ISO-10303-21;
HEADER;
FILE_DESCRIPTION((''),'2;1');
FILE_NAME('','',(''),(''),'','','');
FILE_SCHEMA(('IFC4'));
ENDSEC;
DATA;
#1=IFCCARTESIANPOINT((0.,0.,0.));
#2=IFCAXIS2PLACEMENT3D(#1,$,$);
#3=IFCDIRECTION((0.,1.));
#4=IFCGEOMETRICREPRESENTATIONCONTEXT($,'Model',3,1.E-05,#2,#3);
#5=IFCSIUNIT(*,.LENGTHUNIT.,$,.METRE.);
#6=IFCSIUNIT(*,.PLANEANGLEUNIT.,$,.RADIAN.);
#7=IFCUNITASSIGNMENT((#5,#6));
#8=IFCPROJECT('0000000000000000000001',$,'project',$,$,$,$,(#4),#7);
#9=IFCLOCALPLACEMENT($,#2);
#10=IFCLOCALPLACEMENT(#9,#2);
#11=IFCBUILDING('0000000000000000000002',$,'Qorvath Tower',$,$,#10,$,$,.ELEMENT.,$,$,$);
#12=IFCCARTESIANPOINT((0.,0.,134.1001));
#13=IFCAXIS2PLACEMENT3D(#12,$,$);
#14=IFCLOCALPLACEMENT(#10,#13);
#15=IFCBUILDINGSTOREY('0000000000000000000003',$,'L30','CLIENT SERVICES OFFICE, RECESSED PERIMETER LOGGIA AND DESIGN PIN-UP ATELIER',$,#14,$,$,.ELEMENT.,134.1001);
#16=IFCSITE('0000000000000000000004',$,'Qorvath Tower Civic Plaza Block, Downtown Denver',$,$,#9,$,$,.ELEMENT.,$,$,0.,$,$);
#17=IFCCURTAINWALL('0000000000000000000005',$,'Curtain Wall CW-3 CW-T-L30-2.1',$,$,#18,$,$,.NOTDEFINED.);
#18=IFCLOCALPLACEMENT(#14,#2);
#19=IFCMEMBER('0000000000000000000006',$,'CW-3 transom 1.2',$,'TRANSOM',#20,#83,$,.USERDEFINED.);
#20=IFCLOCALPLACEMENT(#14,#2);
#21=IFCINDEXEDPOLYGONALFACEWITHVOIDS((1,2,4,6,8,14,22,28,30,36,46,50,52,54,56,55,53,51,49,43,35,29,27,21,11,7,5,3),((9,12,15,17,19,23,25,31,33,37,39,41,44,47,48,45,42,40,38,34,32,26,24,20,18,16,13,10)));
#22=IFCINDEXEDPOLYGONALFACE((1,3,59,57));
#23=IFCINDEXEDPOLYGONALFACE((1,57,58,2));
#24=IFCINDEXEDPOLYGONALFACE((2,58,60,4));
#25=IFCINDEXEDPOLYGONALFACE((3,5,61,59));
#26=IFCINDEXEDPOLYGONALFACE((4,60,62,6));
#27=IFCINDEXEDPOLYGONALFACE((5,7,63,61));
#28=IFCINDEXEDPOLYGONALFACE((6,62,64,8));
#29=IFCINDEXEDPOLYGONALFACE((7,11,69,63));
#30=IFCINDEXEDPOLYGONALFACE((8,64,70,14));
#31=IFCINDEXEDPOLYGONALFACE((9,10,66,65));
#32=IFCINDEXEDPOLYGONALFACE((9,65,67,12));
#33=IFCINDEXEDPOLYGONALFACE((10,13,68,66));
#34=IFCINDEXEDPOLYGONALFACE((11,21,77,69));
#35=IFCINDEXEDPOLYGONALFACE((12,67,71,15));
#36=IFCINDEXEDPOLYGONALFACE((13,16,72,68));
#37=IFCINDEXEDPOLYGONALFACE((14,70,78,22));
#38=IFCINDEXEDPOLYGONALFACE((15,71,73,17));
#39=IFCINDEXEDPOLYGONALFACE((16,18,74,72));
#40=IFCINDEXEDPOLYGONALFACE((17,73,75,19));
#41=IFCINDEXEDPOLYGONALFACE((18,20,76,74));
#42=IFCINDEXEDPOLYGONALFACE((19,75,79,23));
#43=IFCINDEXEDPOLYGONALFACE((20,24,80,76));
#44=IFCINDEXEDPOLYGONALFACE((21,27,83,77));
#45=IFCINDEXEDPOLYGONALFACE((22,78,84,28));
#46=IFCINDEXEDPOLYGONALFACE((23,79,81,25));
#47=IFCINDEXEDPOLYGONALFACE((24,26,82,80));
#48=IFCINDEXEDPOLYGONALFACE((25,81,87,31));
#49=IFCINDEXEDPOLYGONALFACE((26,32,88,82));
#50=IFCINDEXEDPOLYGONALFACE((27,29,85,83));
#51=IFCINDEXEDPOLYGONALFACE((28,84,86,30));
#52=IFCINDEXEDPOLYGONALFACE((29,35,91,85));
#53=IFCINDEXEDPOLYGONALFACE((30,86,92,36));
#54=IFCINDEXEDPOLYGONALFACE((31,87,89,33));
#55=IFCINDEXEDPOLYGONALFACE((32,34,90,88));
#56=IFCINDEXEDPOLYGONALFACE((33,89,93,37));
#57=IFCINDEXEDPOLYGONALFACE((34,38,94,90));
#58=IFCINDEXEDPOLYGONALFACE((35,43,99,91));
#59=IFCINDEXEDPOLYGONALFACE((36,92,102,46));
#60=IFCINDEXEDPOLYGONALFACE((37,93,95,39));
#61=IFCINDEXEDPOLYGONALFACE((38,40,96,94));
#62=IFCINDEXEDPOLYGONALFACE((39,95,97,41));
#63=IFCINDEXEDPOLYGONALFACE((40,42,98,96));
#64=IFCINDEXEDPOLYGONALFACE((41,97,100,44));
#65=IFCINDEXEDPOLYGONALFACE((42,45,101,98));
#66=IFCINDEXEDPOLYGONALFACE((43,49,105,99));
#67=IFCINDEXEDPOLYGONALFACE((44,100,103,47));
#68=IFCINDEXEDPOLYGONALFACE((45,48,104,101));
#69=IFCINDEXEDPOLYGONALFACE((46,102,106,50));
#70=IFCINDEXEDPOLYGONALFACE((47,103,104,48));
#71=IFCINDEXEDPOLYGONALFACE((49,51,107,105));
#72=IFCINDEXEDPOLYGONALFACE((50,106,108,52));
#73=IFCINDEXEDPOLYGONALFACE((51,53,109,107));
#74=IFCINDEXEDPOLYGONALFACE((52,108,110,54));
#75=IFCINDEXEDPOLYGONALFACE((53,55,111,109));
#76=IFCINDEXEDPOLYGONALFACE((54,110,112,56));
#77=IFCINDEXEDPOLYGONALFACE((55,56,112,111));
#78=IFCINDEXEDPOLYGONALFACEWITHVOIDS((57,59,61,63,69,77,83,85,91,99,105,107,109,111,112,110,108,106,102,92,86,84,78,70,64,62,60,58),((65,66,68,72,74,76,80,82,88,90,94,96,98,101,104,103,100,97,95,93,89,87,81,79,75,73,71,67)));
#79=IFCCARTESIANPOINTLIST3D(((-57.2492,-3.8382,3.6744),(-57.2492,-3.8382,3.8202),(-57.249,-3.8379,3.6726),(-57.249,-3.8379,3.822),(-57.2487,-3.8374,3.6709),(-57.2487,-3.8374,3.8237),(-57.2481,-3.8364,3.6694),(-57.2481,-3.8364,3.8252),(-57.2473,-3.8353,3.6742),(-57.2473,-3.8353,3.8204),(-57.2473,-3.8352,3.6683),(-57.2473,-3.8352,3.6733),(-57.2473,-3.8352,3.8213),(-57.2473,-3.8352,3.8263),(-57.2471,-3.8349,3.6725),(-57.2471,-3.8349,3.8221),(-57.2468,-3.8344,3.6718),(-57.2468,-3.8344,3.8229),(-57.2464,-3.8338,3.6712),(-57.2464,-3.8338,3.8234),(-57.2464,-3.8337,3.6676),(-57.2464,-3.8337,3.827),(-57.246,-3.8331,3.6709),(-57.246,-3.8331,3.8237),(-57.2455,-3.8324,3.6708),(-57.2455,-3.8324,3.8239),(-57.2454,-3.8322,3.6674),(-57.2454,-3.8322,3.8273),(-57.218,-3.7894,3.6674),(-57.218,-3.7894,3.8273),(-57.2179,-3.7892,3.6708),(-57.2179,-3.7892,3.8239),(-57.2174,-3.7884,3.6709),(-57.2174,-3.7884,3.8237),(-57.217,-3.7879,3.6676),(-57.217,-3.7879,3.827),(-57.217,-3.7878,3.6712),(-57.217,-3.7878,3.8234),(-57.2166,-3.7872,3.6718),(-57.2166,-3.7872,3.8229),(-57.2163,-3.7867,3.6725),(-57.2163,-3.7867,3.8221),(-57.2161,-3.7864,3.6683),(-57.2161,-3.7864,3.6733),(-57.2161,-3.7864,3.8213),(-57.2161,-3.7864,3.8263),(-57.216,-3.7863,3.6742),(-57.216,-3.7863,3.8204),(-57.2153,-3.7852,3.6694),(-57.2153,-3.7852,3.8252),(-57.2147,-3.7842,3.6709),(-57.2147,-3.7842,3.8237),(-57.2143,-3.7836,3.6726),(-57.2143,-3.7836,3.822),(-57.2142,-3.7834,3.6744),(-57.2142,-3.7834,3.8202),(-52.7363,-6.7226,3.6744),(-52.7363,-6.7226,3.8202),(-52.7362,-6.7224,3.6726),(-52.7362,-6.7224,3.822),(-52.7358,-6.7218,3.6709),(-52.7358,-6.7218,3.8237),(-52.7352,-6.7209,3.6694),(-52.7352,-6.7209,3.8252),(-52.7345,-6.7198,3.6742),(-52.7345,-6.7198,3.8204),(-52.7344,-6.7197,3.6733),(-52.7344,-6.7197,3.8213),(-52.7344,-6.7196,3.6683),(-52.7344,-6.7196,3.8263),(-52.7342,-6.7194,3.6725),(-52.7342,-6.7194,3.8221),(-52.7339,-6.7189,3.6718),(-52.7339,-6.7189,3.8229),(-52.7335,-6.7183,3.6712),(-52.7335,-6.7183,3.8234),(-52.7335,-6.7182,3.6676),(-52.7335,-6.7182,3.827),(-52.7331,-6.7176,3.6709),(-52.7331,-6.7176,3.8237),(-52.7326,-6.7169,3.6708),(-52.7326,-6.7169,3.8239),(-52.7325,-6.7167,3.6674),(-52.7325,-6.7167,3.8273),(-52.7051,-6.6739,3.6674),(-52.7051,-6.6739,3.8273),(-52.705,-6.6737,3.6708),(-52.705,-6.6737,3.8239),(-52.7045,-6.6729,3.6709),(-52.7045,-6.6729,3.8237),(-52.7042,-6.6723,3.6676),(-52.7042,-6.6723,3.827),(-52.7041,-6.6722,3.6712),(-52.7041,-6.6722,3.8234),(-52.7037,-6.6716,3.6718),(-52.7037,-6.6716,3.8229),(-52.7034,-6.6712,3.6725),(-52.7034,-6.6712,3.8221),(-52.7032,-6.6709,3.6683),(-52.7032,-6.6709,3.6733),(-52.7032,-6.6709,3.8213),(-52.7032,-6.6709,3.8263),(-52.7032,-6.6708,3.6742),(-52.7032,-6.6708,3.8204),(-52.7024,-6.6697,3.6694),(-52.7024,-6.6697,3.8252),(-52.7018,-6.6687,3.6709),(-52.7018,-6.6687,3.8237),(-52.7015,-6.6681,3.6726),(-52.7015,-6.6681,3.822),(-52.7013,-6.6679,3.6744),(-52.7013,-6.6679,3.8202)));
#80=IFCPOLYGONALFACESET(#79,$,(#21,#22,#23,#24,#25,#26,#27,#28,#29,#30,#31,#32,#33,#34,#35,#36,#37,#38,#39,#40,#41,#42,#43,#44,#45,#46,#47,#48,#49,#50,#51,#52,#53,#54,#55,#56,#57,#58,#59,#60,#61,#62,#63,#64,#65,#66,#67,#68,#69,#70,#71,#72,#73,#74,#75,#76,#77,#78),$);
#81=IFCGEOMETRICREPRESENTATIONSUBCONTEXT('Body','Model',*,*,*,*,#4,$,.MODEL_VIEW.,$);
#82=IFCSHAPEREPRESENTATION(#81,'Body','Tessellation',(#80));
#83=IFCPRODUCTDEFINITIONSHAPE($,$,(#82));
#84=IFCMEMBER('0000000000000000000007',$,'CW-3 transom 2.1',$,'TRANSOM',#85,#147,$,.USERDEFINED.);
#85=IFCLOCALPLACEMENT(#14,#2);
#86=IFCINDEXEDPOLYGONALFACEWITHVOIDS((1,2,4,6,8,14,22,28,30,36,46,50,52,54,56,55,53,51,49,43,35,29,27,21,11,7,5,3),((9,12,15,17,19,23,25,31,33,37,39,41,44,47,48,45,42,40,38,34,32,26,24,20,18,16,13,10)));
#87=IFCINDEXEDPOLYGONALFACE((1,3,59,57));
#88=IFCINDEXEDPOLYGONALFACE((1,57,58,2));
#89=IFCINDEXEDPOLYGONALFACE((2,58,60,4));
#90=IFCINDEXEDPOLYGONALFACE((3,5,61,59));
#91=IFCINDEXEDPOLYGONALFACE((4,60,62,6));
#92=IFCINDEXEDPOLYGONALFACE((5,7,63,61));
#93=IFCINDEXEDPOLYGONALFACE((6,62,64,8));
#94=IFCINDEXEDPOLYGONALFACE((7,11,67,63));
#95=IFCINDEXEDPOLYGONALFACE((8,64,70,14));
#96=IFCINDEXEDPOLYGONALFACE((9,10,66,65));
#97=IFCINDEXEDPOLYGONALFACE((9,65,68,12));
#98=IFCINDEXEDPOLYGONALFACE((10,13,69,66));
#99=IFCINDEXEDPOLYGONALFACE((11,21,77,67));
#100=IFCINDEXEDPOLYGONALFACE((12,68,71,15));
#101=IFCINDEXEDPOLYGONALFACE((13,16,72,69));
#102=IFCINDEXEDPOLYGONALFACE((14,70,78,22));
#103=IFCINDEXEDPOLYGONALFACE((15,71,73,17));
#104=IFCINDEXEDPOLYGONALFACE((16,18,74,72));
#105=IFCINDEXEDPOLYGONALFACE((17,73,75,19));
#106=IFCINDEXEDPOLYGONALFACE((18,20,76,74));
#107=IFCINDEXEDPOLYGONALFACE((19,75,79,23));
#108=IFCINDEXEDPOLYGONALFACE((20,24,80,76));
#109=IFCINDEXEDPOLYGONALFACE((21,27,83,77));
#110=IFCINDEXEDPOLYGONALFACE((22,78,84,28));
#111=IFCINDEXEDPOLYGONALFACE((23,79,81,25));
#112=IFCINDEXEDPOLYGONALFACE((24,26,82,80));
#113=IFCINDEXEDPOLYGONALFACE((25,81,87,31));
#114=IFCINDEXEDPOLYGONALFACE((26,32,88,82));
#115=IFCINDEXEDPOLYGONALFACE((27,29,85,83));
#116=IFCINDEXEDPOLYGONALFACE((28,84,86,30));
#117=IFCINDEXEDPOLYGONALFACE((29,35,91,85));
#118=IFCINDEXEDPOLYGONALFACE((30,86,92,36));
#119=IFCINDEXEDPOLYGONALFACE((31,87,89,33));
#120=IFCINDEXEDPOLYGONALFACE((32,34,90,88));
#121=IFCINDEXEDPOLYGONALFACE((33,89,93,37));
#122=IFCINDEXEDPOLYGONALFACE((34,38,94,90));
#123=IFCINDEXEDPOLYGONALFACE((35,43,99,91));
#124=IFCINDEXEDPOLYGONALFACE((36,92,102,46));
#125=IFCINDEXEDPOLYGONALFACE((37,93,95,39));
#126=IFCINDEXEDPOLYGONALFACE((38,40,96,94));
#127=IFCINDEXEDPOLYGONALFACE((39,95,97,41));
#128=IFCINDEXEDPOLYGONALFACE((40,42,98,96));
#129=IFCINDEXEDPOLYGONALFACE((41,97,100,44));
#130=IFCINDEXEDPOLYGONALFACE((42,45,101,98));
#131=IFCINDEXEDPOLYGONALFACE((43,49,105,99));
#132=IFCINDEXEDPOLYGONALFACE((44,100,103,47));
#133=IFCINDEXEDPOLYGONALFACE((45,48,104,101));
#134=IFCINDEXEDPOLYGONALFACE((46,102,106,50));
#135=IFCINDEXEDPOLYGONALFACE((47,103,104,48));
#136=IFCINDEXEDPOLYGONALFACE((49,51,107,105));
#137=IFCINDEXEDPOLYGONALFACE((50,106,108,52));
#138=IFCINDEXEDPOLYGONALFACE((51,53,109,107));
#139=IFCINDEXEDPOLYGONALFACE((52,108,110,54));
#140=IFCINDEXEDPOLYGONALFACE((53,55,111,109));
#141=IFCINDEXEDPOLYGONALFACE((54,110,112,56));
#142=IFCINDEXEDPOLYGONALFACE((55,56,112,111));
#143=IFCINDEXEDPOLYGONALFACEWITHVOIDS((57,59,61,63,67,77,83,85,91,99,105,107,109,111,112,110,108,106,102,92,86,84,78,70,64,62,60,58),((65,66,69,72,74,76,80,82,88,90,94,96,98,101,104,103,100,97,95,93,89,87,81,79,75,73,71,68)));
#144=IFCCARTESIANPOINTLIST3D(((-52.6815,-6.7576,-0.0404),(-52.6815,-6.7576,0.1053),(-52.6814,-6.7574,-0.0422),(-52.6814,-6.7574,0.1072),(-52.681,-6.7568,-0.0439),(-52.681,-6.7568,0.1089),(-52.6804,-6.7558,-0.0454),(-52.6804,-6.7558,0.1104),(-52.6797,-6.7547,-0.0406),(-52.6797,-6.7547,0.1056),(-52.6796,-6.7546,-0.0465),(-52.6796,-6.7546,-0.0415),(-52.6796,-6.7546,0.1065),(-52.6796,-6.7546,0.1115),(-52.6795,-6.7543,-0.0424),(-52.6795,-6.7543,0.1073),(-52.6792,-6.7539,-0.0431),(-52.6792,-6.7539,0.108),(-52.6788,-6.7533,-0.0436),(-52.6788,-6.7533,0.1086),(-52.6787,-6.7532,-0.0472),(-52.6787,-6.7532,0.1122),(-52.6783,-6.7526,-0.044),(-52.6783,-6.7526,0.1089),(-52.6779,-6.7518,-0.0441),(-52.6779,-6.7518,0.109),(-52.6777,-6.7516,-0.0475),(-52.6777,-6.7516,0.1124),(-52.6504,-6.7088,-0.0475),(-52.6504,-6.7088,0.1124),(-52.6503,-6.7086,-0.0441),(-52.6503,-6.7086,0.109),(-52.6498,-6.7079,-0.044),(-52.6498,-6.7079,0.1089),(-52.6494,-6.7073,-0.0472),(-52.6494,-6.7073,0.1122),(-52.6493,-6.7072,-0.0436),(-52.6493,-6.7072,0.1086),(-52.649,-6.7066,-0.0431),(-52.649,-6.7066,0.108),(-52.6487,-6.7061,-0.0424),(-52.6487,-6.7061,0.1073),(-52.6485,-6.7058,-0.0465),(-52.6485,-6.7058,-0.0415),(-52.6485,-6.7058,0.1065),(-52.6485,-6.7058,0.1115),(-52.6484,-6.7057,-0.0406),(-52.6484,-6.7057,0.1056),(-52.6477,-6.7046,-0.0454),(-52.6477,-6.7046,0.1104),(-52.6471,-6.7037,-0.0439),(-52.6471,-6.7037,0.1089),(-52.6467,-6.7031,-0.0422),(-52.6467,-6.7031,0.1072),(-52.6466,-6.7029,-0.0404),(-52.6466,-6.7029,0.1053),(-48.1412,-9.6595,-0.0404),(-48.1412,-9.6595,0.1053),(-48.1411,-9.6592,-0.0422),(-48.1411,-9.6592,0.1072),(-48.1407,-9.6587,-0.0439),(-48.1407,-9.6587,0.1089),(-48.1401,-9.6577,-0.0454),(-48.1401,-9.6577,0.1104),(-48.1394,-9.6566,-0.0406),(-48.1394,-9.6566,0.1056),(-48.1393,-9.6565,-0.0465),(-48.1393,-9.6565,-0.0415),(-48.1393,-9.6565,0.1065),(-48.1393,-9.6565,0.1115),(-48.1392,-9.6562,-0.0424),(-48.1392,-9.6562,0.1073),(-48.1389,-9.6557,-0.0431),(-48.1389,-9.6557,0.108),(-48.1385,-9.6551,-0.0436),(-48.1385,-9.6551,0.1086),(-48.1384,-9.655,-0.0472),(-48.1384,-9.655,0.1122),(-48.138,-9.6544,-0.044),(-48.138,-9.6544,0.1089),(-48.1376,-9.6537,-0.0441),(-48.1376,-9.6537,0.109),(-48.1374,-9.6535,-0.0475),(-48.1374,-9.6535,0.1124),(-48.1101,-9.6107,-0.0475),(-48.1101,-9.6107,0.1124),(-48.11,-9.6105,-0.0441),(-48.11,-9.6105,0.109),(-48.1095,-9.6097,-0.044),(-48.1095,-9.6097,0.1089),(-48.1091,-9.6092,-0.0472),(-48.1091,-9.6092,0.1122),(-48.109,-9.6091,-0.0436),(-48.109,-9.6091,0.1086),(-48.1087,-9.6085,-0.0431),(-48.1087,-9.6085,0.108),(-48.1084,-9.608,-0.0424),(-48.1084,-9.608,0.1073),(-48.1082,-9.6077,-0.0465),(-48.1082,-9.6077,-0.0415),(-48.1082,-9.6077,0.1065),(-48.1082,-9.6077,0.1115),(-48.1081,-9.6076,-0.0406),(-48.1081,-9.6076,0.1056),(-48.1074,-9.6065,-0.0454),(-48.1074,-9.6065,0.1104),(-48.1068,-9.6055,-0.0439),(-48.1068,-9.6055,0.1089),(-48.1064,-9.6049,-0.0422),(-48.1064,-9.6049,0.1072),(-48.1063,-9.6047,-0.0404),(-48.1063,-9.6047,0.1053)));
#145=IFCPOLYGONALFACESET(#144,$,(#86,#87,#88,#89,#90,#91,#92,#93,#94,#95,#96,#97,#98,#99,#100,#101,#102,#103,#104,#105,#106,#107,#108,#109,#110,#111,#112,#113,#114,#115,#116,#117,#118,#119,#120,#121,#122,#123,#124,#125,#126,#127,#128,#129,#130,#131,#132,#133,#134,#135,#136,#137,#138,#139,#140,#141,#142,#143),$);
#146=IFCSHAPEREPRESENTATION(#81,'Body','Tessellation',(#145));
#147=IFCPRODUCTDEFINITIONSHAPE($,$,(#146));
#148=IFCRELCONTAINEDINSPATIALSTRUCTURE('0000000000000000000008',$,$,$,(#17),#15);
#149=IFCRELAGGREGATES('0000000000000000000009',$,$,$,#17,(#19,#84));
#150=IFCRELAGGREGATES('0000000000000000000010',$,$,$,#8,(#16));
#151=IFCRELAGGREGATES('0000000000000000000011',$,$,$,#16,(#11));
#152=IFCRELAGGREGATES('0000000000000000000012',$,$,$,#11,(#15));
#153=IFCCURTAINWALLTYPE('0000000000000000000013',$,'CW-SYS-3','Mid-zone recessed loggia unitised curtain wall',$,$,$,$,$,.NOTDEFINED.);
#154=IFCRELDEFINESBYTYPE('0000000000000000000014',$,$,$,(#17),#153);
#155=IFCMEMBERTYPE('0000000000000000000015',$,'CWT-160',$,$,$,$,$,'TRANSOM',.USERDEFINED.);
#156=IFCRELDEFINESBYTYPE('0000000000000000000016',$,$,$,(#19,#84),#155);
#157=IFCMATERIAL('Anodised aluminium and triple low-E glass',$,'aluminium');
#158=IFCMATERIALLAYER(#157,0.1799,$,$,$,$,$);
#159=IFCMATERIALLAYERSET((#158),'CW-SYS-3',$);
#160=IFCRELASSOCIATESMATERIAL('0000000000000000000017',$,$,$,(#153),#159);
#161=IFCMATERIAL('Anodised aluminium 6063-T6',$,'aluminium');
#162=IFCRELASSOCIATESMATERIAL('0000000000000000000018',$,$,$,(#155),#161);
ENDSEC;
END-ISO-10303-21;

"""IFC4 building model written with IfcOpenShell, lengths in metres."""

from ifc_helpers import new_model, si_unit, direction, frame, origin, origin_2d, place, context, subcontext, project, spatial, hollow_rectangle, extrude, material, layer, layer_set, material_profile, profile_set, type_object, element, aggregate, save


model = new_model("IFC4")

# Units and contexts
model_context = context("Model", 3, precision=1e-05, world=origin(), true_north=direction((0.0, 1.0)))
body_context = subcontext(model_context, "Body", "Model", "MODEL_VIEW")
ifc_project = project(units=[si_unit("LENGTHUNIT", "METRE"), si_unit("PLANEANGLEUNIT", "RADIAN")], contexts=[model_context])

# Site, building, storey
site_placement = place(None, origin())
site = spatial("IfcSite", under=ifc_project, at=site_placement, Name="Qorvath Tower Civic Plaza Block, Downtown Denver", CompositionType="ELEMENT", RefElevation=0.0)
building_placement = place(site_placement, origin())
building = spatial("IfcBuilding", under=site, at=building_placement, Name="Qorvath Tower", CompositionType="ELEMENT")
storey_placement = place(building_placement, frame((0.0, 0.0, 134.1001)))
storey = spatial("IfcBuildingStorey", under=building, at=storey_placement, Name="L30", Description="CLIENT SERVICES OFFICE, RECESSED PERIMETER LOGGIA AND DESIGN PIN-UP ATELIER", CompositionType="ELEMENT", Elevation=134.1001)

# Curtain wall, members
ifc_material_1 = material(Name="Anodised aluminium and triple low-E glass", Category="aluminium")
ifc_layer_1 = layer(ifc_material_1, 0.1799)
ifc_layer_set_1 = layer_set([ifc_layer_1], Name="CW-SYS-3")
curtain_wall_type = type_object("IfcCurtainWallType", Name="CW-SYS-3", Description="Mid-zone recessed loggia unitised curtain wall", PredefinedType="NOTDEFINED", material=ifc_layer_set_1)
curtain_wall_placement = place(storey_placement, origin())
curtain_wall = element("IfcCurtainWall", 1, at=curtain_wall_placement, inside=storey, type_object=curtain_wall_type, Name="Curtain Wall CW-3 CW-T-L30-2.1", PredefinedType="NOTDEFINED")
ifc_material_2 = material(Name="Anodised aluminium 6063-T6", Category="aluminium")
ifc_material_profile_1 = material_profile(ifc_material_2, hollow_rectangle(XDim=0.0649, YDim=0.1599, WallThickness=0.0034, InnerFilletRadius=0.0034, OuterFilletRadius=0.0071, at=origin_2d()), Name="CWT 160x65")
ifc_profile_set_1 = profile_set([ifc_material_profile_1], Name="Anodised aluminium 6063-T6")
member_type_1 = type_object("IfcMemberType", Name="CWT-160", ElementType="TRANSOM", PredefinedType="USERDEFINED", material=ifc_profile_set_1)
member_1_placement = place(storey_placement, frame((-57.2317, -3.8108, 3.7473), z_axis=(0.84259, -0.538556, 0.0), x_axis=(0.538556, 0.84259, 0.0)))
member_1 = element("IfcMember", 2, at=member_1_placement, type_object=member_type_1, Name="CW-3 transom 1.2", ObjectType="TRANSOM", PredefinedType="USERDEFINED", context=body_context, shape_type="SweptSolid", body=[
    extrude(hollow_rectangle(XDim=0.0649, YDim=0.1599, WallThickness=0.0034, InnerFilletRadius=0.0034, OuterFilletRadius=0.0071, at=origin_2d()), origin(), (0.0, 0.0, 1.0), 5.356),
])
member_2_placement = place(storey_placement, frame((-52.6641, -6.7302, 0.0325), z_axis=(0.842602, -0.538537, 0.0), x_axis=(0.538537, 0.842602, 0.0)))
member_2 = element("IfcMember", 3, at=member_2_placement, type_object=member_type_1, Name="CW-3 transom 2.1", ObjectType="TRANSOM", PredefinedType="USERDEFINED", context=body_context, shape_type="SweptSolid", body=[
    extrude(hollow_rectangle(XDim=0.0649, YDim=0.1599, WallThickness=0.0034, InnerFilletRadius=0.0034, OuterFilletRadius=0.0071, at=origin_2d()), origin(), (0.0, 0.0, 1.0), 5.3884),
])
aggregate(curtain_wall, [member_1, member_2])

save(model, "model.ifc")
